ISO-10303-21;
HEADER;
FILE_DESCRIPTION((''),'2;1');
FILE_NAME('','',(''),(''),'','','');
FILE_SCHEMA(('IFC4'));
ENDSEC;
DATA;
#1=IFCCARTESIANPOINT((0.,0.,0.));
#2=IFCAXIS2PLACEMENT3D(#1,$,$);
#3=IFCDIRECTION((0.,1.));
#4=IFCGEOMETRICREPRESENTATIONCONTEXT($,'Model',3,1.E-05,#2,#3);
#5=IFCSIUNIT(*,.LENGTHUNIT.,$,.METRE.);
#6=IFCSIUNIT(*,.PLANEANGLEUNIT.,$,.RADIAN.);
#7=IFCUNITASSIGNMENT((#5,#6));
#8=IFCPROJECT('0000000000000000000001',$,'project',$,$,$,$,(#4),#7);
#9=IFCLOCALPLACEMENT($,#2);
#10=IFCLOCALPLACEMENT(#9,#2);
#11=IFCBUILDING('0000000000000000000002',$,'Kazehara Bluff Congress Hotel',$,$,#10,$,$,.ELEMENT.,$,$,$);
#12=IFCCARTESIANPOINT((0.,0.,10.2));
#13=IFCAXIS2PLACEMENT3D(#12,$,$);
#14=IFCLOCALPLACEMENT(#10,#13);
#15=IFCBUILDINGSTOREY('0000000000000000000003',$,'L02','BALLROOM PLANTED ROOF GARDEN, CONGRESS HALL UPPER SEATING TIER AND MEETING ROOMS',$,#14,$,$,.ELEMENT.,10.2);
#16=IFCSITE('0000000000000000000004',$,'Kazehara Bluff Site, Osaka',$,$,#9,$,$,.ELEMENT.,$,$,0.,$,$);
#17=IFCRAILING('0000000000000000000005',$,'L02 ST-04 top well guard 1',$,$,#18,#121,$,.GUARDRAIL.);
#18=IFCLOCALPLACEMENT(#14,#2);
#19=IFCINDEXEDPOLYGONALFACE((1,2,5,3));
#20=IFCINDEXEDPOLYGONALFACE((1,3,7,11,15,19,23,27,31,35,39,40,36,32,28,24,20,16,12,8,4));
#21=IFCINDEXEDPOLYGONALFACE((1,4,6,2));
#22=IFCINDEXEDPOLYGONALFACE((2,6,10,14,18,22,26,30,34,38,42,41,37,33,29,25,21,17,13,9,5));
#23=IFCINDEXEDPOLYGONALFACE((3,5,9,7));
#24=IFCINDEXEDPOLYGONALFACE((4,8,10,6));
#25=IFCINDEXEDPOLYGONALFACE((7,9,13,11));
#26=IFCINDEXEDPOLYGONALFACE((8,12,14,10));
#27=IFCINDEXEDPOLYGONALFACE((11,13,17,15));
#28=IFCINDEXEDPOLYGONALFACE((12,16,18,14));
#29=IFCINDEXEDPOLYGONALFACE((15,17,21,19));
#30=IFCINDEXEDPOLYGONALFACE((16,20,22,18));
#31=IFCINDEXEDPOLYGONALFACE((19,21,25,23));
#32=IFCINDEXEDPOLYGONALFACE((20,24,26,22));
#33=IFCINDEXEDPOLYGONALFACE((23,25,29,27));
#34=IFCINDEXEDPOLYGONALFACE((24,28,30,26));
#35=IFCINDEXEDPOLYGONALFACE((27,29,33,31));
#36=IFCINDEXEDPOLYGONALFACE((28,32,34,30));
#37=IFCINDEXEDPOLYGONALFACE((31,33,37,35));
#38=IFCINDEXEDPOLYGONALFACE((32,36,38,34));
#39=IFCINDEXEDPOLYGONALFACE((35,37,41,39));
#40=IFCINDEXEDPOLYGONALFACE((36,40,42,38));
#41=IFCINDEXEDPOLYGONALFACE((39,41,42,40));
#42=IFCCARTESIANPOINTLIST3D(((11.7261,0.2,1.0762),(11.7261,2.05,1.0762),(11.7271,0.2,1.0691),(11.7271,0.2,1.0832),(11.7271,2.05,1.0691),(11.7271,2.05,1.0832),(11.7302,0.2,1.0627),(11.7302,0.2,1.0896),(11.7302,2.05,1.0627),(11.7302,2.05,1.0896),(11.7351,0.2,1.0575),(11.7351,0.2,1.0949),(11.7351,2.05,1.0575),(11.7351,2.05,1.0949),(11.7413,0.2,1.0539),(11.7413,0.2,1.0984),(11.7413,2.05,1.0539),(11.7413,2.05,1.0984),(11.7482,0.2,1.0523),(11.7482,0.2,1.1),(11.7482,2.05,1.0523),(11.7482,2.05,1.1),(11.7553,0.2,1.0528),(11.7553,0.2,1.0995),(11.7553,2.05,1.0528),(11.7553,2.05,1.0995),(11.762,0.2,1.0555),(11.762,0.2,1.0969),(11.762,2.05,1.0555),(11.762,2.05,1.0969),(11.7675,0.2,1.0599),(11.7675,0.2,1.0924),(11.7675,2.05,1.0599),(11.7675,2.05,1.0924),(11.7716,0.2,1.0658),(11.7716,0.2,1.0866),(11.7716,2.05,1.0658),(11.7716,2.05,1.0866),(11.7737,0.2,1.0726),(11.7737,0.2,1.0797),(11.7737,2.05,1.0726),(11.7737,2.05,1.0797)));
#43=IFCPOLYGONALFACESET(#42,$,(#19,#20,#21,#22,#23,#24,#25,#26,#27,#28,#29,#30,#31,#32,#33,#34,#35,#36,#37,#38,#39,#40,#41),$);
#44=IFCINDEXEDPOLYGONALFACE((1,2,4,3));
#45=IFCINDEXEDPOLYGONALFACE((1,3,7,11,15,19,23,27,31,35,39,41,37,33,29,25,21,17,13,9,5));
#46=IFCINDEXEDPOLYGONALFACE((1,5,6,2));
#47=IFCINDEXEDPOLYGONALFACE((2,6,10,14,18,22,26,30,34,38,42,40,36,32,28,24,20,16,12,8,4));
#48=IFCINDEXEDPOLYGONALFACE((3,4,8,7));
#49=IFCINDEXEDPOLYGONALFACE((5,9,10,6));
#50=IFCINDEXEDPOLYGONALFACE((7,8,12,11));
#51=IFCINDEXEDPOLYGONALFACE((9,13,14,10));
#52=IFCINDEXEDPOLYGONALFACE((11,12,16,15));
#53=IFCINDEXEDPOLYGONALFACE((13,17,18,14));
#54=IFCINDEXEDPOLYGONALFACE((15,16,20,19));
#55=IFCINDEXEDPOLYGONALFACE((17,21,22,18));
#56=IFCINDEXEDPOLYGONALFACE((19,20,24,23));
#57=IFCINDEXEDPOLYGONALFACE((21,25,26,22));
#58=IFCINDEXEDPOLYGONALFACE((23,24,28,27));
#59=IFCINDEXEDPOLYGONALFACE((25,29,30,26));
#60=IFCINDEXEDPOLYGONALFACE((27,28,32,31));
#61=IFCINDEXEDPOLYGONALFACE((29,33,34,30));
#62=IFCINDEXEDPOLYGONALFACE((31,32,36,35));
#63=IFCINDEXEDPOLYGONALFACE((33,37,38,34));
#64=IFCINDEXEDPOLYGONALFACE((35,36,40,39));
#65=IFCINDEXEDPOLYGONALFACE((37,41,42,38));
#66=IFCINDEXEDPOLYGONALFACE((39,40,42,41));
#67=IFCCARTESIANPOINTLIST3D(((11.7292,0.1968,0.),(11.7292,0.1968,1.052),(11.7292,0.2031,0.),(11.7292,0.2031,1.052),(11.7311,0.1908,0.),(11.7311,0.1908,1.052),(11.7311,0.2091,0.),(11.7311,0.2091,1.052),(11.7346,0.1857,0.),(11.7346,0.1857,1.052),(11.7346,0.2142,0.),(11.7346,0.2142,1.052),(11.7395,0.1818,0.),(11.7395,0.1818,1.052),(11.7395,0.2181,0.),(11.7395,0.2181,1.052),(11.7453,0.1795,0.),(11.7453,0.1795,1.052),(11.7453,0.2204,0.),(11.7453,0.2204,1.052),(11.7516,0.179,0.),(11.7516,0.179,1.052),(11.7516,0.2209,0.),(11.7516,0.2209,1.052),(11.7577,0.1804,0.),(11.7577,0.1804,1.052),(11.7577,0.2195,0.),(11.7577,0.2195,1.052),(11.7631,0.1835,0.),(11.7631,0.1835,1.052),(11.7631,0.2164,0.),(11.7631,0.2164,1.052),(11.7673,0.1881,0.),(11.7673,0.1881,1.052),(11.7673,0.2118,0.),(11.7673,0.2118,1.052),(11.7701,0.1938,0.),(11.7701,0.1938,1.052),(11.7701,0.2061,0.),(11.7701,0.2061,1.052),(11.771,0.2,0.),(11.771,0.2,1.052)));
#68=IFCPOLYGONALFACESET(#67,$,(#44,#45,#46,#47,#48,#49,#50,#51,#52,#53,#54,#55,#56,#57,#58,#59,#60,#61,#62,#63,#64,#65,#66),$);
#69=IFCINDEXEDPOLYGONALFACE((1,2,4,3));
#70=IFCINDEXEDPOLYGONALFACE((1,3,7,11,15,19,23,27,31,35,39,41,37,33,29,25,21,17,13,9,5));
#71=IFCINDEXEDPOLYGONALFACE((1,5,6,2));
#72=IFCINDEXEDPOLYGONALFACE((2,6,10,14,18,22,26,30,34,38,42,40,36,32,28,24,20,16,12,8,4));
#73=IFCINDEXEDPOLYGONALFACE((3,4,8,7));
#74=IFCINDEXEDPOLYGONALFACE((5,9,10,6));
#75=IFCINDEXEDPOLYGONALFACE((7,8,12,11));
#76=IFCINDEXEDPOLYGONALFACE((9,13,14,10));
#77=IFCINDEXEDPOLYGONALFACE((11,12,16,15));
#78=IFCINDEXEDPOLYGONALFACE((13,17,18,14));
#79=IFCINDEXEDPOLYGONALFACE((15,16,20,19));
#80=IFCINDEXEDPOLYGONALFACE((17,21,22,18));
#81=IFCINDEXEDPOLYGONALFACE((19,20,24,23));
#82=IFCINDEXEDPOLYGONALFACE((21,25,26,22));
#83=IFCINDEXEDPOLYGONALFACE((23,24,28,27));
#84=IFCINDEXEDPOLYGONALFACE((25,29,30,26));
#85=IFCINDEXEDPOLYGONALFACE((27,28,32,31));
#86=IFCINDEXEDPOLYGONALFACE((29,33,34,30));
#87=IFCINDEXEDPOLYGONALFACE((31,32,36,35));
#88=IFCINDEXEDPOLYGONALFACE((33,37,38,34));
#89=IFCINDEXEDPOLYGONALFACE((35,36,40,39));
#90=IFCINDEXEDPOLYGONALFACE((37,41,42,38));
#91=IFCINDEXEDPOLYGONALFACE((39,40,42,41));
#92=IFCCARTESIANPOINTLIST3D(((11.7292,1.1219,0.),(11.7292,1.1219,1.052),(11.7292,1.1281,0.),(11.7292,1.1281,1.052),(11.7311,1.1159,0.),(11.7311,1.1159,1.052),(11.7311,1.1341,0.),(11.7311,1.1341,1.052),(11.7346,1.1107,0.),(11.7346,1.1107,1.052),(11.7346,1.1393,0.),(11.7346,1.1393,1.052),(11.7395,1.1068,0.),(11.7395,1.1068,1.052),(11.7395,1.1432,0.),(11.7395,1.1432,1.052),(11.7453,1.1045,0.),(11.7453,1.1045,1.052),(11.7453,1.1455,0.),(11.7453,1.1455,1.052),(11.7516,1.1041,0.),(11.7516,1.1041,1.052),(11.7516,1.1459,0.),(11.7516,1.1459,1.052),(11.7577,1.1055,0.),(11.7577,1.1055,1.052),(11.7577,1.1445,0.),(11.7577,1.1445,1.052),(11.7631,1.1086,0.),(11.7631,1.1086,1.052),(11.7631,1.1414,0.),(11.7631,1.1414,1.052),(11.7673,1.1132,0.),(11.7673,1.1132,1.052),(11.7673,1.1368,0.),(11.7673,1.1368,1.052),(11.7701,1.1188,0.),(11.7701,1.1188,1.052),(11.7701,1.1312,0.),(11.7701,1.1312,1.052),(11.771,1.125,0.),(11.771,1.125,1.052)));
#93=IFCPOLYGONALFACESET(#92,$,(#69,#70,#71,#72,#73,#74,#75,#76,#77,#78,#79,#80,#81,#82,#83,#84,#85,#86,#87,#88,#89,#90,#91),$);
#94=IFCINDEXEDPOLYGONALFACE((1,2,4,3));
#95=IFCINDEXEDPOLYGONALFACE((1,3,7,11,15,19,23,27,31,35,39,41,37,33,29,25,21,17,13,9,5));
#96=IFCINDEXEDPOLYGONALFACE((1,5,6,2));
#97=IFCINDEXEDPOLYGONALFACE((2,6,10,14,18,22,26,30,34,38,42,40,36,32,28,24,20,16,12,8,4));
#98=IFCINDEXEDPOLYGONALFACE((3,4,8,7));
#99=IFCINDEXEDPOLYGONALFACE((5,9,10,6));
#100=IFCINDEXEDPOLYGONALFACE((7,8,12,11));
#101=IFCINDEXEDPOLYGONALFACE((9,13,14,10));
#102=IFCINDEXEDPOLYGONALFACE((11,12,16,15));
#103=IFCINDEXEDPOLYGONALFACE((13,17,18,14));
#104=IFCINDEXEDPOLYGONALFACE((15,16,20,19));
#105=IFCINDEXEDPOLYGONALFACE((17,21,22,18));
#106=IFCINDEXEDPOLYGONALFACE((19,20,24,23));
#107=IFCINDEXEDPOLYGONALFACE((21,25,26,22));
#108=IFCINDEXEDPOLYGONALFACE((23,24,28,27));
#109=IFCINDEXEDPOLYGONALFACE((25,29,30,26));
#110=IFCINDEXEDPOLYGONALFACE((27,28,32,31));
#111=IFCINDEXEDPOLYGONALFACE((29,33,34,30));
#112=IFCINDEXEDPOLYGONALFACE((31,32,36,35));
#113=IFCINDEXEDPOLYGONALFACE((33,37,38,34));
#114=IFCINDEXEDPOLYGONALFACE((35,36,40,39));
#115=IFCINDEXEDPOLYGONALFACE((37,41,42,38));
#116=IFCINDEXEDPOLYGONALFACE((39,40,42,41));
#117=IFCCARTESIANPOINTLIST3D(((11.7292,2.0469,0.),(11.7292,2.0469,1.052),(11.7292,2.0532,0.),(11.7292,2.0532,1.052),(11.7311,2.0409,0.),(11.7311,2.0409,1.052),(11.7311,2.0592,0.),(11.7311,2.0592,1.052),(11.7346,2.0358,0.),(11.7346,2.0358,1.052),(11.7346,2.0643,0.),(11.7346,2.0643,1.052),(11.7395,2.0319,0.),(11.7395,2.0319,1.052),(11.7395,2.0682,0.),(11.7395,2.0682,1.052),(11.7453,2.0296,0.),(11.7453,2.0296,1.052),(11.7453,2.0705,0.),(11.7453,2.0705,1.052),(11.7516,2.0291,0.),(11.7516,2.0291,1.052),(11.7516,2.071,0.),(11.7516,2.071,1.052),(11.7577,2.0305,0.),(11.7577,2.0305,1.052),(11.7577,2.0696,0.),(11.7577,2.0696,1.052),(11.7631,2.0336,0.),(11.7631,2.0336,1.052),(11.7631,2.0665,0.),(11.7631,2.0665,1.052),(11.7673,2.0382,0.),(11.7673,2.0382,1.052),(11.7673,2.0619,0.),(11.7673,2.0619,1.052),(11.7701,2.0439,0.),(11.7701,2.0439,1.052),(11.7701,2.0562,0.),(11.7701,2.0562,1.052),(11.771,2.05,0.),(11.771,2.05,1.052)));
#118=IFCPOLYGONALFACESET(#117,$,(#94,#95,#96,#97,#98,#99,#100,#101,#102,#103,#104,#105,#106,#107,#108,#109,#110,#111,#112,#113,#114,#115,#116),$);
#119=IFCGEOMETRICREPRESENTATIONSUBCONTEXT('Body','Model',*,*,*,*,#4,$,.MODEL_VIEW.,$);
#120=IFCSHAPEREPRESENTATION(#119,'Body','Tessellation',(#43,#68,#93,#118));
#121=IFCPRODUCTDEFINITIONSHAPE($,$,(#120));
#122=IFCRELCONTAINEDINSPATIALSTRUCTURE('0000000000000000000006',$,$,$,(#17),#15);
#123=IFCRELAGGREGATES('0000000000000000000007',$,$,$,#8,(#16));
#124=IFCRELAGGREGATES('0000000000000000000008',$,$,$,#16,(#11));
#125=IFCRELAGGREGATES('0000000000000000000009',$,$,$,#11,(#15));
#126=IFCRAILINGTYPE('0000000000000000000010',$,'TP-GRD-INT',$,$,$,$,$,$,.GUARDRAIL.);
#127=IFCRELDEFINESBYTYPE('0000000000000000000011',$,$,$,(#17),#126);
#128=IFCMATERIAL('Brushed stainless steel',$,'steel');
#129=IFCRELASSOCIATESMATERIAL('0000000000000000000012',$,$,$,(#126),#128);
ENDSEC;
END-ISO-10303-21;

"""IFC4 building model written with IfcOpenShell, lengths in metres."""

from ifc_helpers import new_model, si_unit, direction, frame, origin, origin_2d, place, context, subcontext, project, spatial, circle, extrude, material, type_object, element, save


model = new_model("IFC4")

# Units and contexts
model_context = context("Model", 3, precision=1e-05, world=origin(), true_north=direction((0.0, 1.0)))
body_context = subcontext(model_context, "Body", "Model", "MODEL_VIEW")
ifc_project = project(units=[si_unit("LENGTHUNIT", "METRE"), si_unit("PLANEANGLEUNIT", "RADIAN")], contexts=[model_context])

# Site, building, storey
site_placement = place(None, origin())
site = spatial("IfcSite", under=ifc_project, at=site_placement, Name="Kazehara Bluff Site, Osaka", CompositionType="ELEMENT", RefElevation=0.0)
building_placement = place(site_placement, origin())
building = spatial("IfcBuilding", under=site, at=building_placement, Name="Kazehara Bluff Congress Hotel", CompositionType="ELEMENT")
storey_placement = place(building_placement, frame((0.0, 0.0, 10.2)))
storey = spatial("IfcBuildingStorey", under=building, at=storey_placement, Name="L02", Description="BALLROOM PLANTED ROOF GARDEN, CONGRESS HALL UPPER SEATING TIER AND MEETING ROOMS", CompositionType="ELEMENT", Elevation=10.2)

# Railing
ifc_material_1 = material(Name="Brushed stainless steel", Category="steel")
railing_type_1 = type_object("IfcRailingType", Name="TP-GRD-INT", PredefinedType="GUARDRAIL", material=ifc_material_1)
railing_1_placement = place(storey_placement, frame((11.75, 0.2, 0.0)))
element("IfcRailing", 1, at=railing_1_placement, inside=storey, type_object=railing_type_1, Name="L02 ST-04 top well guard 1", PredefinedType="GUARDRAIL", context=body_context, shape_type="SweptSolid", body=[
    extrude(circle(Radius=0.0239, at=origin_2d()), frame((0.0, 0.0, 1.0762), z_axis=(0.0, 1.0, 0.0), x_axis=(-1.0, 0.0, 0.0)), (0.0, 0.0, 1.0), 1.8501),
    extrude(circle(Radius=0.021, at=origin_2d()), origin(), (0.0, 0.0, 1.0), 1.052),
    extrude(circle(Radius=0.021, at=origin_2d()), frame((0.0, 0.925, 0.0)), (0.0, 0.0, 1.0), 1.052),
    extrude(circle(Radius=0.021, at=origin_2d()), frame((0.0, 1.8501, 0.0)), (0.0, 0.0, 1.0), 1.052),
])

save(model, "model.ifc")
